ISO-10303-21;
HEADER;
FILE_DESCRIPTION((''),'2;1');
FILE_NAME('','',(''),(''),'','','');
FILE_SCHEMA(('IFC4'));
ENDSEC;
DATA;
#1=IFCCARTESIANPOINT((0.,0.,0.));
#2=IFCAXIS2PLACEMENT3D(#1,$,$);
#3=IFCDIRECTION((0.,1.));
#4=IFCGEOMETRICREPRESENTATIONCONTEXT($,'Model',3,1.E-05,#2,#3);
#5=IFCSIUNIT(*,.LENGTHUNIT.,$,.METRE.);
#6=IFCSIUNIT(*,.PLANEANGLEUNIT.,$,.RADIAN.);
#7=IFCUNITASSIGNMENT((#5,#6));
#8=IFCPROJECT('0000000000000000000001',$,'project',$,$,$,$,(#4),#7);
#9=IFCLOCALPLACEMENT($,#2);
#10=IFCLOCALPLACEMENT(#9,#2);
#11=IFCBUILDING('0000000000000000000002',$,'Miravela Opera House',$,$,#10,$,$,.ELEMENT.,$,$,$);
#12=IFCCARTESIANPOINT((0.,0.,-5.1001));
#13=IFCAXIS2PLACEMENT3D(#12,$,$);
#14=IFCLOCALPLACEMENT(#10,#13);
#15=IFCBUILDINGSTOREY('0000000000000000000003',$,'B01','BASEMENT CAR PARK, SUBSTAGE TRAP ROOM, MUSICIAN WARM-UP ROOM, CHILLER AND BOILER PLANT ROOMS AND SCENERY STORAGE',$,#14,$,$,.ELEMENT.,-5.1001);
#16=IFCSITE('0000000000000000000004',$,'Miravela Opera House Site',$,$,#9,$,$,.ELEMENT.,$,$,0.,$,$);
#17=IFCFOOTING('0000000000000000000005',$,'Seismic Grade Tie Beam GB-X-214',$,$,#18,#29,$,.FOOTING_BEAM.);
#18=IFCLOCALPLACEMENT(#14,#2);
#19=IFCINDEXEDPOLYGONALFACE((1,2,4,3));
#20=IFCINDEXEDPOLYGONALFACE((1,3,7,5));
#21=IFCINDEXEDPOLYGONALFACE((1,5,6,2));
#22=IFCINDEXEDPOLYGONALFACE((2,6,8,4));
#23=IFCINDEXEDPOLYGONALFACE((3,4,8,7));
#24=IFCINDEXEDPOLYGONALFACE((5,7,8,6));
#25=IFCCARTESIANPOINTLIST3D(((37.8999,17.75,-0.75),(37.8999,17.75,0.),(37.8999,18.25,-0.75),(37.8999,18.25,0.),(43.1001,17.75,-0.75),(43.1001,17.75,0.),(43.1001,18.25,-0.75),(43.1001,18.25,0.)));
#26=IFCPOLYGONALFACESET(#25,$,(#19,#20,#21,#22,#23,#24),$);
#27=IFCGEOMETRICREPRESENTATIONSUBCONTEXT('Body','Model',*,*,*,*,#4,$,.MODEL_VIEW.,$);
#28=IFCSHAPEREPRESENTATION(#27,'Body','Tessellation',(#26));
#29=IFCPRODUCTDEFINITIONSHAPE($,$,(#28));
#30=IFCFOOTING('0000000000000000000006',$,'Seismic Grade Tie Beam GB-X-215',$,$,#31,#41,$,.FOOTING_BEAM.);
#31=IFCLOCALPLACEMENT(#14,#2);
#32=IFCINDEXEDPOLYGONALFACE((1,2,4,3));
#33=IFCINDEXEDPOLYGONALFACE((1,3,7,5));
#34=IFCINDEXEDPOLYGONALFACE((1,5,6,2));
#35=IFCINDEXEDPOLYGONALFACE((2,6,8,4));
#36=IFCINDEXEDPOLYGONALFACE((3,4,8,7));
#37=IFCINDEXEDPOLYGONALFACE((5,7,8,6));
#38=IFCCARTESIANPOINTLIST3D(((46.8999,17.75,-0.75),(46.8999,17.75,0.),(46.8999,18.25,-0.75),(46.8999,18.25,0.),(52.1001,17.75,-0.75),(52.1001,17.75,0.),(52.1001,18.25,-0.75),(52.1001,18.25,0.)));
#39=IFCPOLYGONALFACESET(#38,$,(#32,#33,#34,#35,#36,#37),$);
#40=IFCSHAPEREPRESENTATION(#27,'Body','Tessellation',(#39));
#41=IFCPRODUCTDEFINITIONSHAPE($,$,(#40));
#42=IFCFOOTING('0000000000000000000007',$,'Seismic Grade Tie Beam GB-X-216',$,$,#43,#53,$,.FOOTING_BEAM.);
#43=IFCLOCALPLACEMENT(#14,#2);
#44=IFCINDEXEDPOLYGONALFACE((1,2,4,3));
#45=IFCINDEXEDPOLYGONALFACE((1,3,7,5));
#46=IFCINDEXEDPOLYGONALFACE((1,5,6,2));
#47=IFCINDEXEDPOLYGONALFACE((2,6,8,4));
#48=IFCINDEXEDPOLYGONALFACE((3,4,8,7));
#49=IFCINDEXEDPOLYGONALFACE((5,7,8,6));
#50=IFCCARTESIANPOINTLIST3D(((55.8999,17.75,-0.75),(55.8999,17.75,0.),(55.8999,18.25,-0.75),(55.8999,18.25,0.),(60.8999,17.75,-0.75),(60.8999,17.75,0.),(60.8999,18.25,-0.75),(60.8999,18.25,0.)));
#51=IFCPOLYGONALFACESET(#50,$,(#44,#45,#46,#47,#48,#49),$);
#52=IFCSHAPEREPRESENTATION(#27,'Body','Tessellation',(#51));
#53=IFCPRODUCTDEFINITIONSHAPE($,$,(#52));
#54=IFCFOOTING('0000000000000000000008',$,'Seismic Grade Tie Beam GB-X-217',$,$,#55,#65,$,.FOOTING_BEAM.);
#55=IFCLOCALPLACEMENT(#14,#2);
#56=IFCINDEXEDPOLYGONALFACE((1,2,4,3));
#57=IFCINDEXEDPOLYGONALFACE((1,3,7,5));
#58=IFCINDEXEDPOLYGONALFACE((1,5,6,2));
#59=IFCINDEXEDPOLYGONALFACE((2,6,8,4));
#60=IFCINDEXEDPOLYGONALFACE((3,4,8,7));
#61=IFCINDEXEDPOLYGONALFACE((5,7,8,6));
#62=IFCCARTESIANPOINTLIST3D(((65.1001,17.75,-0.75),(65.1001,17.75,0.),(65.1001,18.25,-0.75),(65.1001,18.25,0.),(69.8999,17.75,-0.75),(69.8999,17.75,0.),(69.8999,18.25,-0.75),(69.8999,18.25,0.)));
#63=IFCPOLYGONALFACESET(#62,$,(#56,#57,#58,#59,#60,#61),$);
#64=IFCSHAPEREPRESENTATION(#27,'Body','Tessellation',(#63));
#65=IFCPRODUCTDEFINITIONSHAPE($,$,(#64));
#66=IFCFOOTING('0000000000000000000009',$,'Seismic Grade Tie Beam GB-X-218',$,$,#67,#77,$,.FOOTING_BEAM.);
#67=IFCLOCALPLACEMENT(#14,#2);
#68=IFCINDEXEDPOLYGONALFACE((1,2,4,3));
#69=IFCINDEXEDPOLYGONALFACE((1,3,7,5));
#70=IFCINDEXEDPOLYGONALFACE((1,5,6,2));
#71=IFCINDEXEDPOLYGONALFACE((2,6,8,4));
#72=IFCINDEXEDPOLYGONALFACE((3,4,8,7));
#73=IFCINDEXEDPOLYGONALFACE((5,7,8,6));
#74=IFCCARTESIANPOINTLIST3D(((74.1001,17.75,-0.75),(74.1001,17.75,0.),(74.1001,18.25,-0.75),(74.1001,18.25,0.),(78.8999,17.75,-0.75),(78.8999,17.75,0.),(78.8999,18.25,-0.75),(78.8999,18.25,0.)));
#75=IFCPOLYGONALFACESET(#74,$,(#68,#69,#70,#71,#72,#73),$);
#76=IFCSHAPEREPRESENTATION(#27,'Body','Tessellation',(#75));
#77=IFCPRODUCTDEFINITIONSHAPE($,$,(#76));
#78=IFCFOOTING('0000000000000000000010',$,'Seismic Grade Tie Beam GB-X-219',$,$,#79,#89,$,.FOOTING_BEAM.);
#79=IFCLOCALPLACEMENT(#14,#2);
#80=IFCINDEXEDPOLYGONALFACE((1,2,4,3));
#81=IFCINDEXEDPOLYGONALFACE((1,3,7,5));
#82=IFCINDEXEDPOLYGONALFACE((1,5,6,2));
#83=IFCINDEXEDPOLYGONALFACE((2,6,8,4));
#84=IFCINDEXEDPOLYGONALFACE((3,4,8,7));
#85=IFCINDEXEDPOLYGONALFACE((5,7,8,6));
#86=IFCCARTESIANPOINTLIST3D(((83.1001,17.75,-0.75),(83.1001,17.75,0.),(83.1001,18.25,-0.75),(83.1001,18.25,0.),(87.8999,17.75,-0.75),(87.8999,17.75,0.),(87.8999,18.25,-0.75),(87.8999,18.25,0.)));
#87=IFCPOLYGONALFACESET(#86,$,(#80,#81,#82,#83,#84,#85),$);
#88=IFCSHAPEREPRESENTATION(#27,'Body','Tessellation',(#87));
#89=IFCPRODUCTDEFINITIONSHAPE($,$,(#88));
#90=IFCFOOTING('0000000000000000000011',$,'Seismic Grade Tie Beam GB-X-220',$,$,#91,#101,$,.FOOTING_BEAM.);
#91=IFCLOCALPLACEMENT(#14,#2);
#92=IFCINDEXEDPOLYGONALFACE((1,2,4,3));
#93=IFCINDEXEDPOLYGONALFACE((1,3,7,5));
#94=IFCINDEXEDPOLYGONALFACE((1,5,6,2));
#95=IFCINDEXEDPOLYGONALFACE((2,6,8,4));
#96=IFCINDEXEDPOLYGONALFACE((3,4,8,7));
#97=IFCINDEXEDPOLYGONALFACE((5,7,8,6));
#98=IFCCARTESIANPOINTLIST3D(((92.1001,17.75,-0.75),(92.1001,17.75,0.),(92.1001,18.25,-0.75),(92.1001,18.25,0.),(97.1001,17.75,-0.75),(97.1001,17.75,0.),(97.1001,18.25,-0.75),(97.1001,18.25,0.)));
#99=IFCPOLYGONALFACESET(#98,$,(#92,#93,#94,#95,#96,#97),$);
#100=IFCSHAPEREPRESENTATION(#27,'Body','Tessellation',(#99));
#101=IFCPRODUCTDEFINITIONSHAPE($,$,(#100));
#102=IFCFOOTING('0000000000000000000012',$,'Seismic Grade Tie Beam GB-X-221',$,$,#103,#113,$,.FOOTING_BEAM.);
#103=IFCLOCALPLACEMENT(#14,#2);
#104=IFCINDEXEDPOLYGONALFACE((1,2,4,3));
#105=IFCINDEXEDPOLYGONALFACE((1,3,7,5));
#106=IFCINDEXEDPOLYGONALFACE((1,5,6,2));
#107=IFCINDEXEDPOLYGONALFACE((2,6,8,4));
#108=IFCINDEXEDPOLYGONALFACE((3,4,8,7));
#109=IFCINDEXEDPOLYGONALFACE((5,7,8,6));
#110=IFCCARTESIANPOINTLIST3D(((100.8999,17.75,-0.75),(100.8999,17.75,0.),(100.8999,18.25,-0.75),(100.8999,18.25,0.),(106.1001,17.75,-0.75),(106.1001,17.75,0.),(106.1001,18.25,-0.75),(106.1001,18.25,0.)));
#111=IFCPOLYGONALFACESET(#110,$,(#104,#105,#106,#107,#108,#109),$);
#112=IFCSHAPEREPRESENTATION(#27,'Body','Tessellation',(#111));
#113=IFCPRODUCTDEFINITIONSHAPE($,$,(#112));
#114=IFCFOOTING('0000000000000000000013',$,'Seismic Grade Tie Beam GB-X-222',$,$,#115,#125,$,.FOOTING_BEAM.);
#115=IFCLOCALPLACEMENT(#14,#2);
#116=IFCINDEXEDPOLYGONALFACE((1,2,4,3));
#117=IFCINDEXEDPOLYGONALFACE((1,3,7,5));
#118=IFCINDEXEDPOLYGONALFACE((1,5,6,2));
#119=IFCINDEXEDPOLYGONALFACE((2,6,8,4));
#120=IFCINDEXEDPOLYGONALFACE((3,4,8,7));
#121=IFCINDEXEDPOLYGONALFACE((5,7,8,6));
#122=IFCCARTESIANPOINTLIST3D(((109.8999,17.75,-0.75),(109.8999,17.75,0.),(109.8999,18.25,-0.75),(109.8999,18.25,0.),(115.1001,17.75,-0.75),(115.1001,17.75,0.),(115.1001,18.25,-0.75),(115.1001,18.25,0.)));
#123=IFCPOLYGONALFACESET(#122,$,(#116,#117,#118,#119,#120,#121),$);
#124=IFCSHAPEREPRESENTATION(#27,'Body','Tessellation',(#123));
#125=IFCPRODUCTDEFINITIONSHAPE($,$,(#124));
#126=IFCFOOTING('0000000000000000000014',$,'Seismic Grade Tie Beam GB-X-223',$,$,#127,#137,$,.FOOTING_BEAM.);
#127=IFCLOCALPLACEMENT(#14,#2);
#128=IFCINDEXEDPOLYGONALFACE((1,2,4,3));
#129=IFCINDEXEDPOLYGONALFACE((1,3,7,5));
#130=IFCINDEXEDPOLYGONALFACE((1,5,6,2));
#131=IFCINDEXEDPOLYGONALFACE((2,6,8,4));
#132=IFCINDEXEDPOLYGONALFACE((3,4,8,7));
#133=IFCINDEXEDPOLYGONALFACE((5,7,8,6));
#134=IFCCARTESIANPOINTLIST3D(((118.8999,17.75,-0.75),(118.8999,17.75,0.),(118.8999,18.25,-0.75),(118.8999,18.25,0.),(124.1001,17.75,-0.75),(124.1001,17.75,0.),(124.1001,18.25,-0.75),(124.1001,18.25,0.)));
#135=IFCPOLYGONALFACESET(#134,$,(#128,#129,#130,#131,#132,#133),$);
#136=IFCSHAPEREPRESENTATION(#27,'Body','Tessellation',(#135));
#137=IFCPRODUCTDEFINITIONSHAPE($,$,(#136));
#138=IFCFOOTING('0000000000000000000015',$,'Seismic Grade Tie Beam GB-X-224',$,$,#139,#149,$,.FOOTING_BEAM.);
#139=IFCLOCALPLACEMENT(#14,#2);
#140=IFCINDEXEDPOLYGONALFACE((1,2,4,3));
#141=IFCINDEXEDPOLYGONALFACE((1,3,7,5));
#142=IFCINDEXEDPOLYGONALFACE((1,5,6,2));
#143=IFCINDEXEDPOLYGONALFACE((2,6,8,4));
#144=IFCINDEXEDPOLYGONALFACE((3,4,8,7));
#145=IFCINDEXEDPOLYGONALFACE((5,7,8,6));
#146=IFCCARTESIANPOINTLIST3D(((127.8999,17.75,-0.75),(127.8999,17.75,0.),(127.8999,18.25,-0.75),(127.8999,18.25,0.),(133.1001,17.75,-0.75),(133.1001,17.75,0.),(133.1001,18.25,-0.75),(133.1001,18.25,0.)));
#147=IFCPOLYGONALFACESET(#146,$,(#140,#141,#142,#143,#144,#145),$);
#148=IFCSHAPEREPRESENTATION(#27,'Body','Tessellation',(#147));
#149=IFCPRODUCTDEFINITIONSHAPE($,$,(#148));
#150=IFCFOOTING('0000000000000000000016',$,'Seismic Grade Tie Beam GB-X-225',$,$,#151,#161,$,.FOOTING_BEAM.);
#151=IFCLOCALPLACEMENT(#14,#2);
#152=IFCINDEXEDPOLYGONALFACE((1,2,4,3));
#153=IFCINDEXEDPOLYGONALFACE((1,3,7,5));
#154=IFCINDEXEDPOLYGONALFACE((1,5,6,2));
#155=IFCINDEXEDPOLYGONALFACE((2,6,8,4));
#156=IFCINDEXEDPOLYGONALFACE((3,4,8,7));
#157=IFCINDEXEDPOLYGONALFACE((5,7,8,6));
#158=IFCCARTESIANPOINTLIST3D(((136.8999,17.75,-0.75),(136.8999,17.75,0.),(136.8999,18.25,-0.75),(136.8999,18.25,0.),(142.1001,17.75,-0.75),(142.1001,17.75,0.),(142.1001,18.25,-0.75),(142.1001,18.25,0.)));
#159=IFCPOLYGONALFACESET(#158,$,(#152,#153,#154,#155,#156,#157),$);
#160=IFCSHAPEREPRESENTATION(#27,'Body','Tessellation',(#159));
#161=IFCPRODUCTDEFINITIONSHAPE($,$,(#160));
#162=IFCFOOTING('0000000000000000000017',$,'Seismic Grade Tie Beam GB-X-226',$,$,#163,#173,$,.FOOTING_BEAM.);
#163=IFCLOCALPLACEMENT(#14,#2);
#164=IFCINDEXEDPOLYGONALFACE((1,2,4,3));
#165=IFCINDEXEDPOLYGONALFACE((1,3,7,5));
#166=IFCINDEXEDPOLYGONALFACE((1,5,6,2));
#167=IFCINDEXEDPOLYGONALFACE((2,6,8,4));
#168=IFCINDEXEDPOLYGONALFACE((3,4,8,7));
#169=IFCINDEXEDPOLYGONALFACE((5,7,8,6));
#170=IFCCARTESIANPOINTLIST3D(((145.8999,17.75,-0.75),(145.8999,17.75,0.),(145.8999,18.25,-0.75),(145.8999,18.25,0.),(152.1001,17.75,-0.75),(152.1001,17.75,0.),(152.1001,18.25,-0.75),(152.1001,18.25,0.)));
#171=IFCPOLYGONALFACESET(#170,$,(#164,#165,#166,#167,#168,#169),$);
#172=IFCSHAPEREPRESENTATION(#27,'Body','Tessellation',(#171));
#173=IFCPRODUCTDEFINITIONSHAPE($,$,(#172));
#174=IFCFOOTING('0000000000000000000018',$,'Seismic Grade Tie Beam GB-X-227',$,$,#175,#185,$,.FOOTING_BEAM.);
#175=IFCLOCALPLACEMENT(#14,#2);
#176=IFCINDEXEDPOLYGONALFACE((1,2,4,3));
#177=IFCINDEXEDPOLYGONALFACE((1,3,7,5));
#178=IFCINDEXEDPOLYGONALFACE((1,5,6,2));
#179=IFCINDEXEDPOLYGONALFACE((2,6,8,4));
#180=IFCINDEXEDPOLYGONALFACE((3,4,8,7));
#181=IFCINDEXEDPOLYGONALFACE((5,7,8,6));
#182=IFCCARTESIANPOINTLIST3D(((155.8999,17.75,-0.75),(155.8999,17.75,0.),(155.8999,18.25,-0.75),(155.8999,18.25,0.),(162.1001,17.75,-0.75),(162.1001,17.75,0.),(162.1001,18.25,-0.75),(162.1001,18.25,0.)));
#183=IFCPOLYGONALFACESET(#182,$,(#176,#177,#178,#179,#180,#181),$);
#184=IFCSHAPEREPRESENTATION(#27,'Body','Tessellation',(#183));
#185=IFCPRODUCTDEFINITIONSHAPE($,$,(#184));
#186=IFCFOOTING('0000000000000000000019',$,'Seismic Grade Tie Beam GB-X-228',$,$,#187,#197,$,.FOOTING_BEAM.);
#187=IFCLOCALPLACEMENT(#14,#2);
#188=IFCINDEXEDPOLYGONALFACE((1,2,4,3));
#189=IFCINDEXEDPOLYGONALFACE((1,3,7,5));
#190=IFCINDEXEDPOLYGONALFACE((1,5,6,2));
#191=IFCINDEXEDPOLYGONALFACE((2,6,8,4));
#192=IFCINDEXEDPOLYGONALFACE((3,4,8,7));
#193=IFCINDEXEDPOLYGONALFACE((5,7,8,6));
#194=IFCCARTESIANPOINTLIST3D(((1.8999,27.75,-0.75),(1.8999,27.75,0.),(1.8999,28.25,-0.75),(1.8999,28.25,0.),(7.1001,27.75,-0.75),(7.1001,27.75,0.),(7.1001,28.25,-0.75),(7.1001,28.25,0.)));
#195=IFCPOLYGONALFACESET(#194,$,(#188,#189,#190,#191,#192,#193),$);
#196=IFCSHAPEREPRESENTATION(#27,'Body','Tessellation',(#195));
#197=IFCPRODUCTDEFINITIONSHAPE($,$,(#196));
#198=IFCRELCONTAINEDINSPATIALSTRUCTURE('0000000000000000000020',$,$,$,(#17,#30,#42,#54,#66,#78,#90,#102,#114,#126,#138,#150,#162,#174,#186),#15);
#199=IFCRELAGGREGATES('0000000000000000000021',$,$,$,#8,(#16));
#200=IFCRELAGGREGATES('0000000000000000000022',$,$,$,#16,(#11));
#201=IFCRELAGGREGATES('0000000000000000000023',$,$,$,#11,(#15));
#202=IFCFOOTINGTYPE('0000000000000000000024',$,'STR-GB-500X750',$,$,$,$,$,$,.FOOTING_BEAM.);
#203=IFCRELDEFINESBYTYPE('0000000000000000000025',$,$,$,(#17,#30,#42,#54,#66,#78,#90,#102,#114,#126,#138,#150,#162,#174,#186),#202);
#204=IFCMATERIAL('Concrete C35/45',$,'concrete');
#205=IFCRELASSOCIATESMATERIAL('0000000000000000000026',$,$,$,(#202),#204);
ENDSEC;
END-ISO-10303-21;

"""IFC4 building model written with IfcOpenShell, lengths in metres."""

from ifc_helpers import new_model, si_unit, direction, frame, origin, place, context, subcontext, project, spatial, polyline, outline, extrude, material, type_object, element, save


model = new_model("IFC4")

# Units and contexts
model_context = context("Model", 3, precision=1e-05, world=origin(), true_north=direction((0.0, 1.0)))
body_context = subcontext(model_context, "Body", "Model", "MODEL_VIEW")
ifc_project = project(units=[si_unit("LENGTHUNIT", "METRE"), si_unit("PLANEANGLEUNIT", "RADIAN")], contexts=[model_context])

# Site, building, storey
site_placement = place(None, origin())
site = spatial("IfcSite", under=ifc_project, at=site_placement, Name="Miravela Opera House Site", CompositionType="ELEMENT", RefElevation=0.0)
building_placement = place(site_placement, origin())
building = spatial("IfcBuilding", under=site, at=building_placement, Name="Miravela Opera House", CompositionType="ELEMENT")
storey_placement = place(building_placement, frame((0.0, 0.0, -5.1001)))
storey = spatial("IfcBuildingStorey", under=building, at=storey_placement, Name="B01", Description="BASEMENT CAR PARK, SUBSTAGE TRAP ROOM, MUSICIAN WARM-UP ROOM, CHILLER AND BOILER PLANT ROOMS AND SCENERY STORAGE", CompositionType="ELEMENT", Elevation=-5.1001)

# Footings
ifc_material = material(Name="Concrete C35/45", Category="concrete")
footing_type = type_object("IfcFootingType", Name="STR-GB-500X750", PredefinedType="FOOTING_BEAM", material=ifc_material)
footing_1_placement = place(storey_placement, frame((0.0, 0.0, -0.75)))
element("IfcFooting", 1, at=footing_1_placement, inside=storey, type_object=footing_type, Name="Seismic Grade Tie Beam GB-X-214", PredefinedType="FOOTING_BEAM", context=body_context, shape_type="SweptSolid", body=[
    extrude(outline(polyline([(37.8999, 17.75), (43.1001, 17.75), (43.1001, 18.25), (37.8999, 18.25), (37.8999, 17.75)])), origin(), (0.0, 0.0, 1.0), 0.75),
])
footing_2_placement = place(storey_placement, frame((0.0, 0.0, -0.75)))
element("IfcFooting", 2, at=footing_2_placement, inside=storey, type_object=footing_type, Name="Seismic Grade Tie Beam GB-X-215", PredefinedType="FOOTING_BEAM", context=body_context, shape_type="SweptSolid", body=[
    extrude(outline(polyline([(46.8999, 17.75), (52.1001, 17.75), (52.1001, 18.25), (46.8999, 18.25), (46.8999, 17.75)])), origin(), (0.0, 0.0, 1.0), 0.75),
])
footing_3_placement = place(storey_placement, frame((0.0, 0.0, -0.75)))
element("IfcFooting", 3, at=footing_3_placement, inside=storey, type_object=footing_type, Name="Seismic Grade Tie Beam GB-X-216", PredefinedType="FOOTING_BEAM", context=body_context, shape_type="SweptSolid", body=[
    extrude(outline(polyline([(55.8999, 17.75), (60.8999, 17.75), (60.8999, 18.25), (55.8999, 18.25), (55.8999, 17.75)])), origin(), (0.0, 0.0, 1.0), 0.75),
])
footing_4_placement = place(storey_placement, frame((0.0, 0.0, -0.75)))
element("IfcFooting", 4, at=footing_4_placement, inside=storey, type_object=footing_type, Name="Seismic Grade Tie Beam GB-X-217", PredefinedType="FOOTING_BEAM", context=body_context, shape_type="SweptSolid", body=[
    extrude(outline(polyline([(65.1001, 17.75), (69.8999, 17.75), (69.8999, 18.25), (65.1001, 18.25), (65.1001, 17.75)])), origin(), (0.0, 0.0, 1.0), 0.75),
])
footing_5_placement = place(storey_placement, frame((0.0, 0.0, -0.75)))
element("IfcFooting", 5, at=footing_5_placement, inside=storey, type_object=footing_type, Name="Seismic Grade Tie Beam GB-X-218", PredefinedType="FOOTING_BEAM", context=body_context, shape_type="SweptSolid", body=[
    extrude(outline(polyline([(74.1001, 17.75), (78.8999, 17.75), (78.8999, 18.25), (74.1001, 18.25), (74.1001, 17.75)])), origin(), (0.0, 0.0, 1.0), 0.75),
])
footing_6_placement = place(storey_placement, frame((0.0, 0.0, -0.75)))
element("IfcFooting", 6, at=footing_6_placement, inside=storey, type_object=footing_type, Name="Seismic Grade Tie Beam GB-X-219", PredefinedType="FOOTING_BEAM", context=body_context, shape_type="SweptSolid", body=[
    extrude(outline(polyline([(83.1001, 17.75), (87.8999, 17.75), (87.8999, 18.25), (83.1001, 18.25), (83.1001, 17.75)])), origin(), (0.0, 0.0, 1.0), 0.75),
])
footing_7_placement = place(storey_placement, frame((0.0, 0.0, -0.75)))
element("IfcFooting", 7, at=footing_7_placement, inside=storey, type_object=footing_type, Name="Seismic Grade Tie Beam GB-X-220", PredefinedType="FOOTING_BEAM", context=body_context, shape_type="SweptSolid", body=[
    extrude(outline(polyline([(92.1001, 17.75), (97.1001, 17.75), (97.1001, 18.25), (92.1001, 18.25), (92.1001, 17.75)])), origin(), (0.0, 0.0, 1.0), 0.75),
])
footing_8_placement = place(storey_placement, frame((0.0, 0.0, -0.75)))
element("IfcFooting", 8, at=footing_8_placement, inside=storey, type_object=footing_type, Name="Seismic Grade Tie Beam GB-X-221", PredefinedType="FOOTING_BEAM", context=body_context, shape_type="SweptSolid", body=[
    extrude(outline(polyline([(100.8999, 17.75), (106.1001, 17.75), (106.1001, 18.25), (100.8999, 18.25), (100.8999, 17.75)])), origin(), (0.0, 0.0, 1.0), 0.75),
])
footing_9_placement = place(storey_placement, frame((0.0, 0.0, -0.75)))
element("IfcFooting", 9, at=footing_9_placement, inside=storey, type_object=footing_type, Name="Seismic Grade Tie Beam GB-X-222", PredefinedType="FOOTING_BEAM", context=body_context, shape_type="SweptSolid", body=[
    extrude(outline(polyline([(109.8999, 17.75), (115.1001, 17.75), (115.1001, 18.25), (109.8999, 18.25), (109.8999, 17.75)])), origin(), (0.0, 0.0, 1.0), 0.75),
])
footing_10_placement = place(storey_placement, frame((0.0, 0.0, -0.75)))
element("IfcFooting", 10, at=footing_10_placement, inside=storey, type_object=footing_type, Name="Seismic Grade Tie Beam GB-X-223", PredefinedType="FOOTING_BEAM", context=body_context, shape_type="SweptSolid", body=[
    extrude(outline(polyline([(118.8999, 17.75), (124.1001, 17.75), (124.1001, 18.25), (118.8999, 18.25), (118.8999, 17.75)])), origin(), (0.0, 0.0, 1.0), 0.75),
])
footing_11_placement = place(storey_placement, frame((0.0, 0.0, -0.75)))
element("IfcFooting", 11, at=footing_11_placement, inside=storey, type_object=footing_type, Name="Seismic Grade Tie Beam GB-X-224", PredefinedType="FOOTING_BEAM", context=body_context, shape_type="SweptSolid", body=[
    extrude(outline(polyline([(127.8999, 17.75), (133.1001, 17.75), (133.1001, 18.25), (127.8999, 18.25), (127.8999, 17.75)])), origin(), (0.0, 0.0, 1.0), 0.75),
])
footing_12_placement = place(storey_placement, frame((0.0, 0.0, -0.75)))
element("IfcFooting", 12, at=footing_12_placement, inside=storey, type_object=footing_type, Name="Seismic Grade Tie Beam GB-X-225", PredefinedType="FOOTING_BEAM", context=body_context, shape_type="SweptSolid", body=[
    extrude(outline(polyline([(136.8999, 17.75), (142.1001, 17.75), (142.1001, 18.25), (136.8999, 18.25), (136.8999, 17.75)])), origin(), (0.0, 0.0, 1.0), 0.75),
])
footing_13_placement = place(storey_placement, frame((0.0, 0.0, -0.75)))
element("IfcFooting", 13, at=footing_13_placement, inside=storey, type_object=footing_type, Name="Seismic Grade Tie Beam GB-X-226", PredefinedType="FOOTING_BEAM", context=body_context, shape_type="SweptSolid", body=[
    extrude(outline(polyline([(145.8999, 17.75), (152.1001, 17.75), (152.1001, 18.25), (145.8999, 18.25), (145.8999, 17.75)])), origin(), (0.0, 0.0, 1.0), 0.75),
])
footing_14_placement = place(storey_placement, frame((0.0, 0.0, -0.75)))
element("IfcFooting", 14, at=footing_14_placement, inside=storey, type_object=footing_type, Name="Seismic Grade Tie Beam GB-X-227", PredefinedType="FOOTING_BEAM", context=body_context, shape_type="SweptSolid", body=[
    extrude(outline(polyline([(155.8999, 17.75), (162.1001, 17.75), (162.1001, 18.25), (155.8999, 18.25), (155.8999, 17.75)])), origin(), (0.0, 0.0, 1.0), 0.75),
])
footing_15_placement = place(storey_placement, frame((0.0, 0.0, -0.75)))
element("IfcFooting", 15, at=footing_15_placement, inside=storey, type_object=footing_type, Name="Seismic Grade Tie Beam GB-X-228", PredefinedType="FOOTING_BEAM", context=body_context, shape_type="SweptSolid", body=[
    extrude(outline(polyline([(1.8999, 27.75), (7.1001, 27.75), (7.1001, 28.25), (1.8999, 28.25), (1.8999, 27.75)])), origin(), (0.0, 0.0, 1.0), 0.75),
])

save(model, "model.ifc")
